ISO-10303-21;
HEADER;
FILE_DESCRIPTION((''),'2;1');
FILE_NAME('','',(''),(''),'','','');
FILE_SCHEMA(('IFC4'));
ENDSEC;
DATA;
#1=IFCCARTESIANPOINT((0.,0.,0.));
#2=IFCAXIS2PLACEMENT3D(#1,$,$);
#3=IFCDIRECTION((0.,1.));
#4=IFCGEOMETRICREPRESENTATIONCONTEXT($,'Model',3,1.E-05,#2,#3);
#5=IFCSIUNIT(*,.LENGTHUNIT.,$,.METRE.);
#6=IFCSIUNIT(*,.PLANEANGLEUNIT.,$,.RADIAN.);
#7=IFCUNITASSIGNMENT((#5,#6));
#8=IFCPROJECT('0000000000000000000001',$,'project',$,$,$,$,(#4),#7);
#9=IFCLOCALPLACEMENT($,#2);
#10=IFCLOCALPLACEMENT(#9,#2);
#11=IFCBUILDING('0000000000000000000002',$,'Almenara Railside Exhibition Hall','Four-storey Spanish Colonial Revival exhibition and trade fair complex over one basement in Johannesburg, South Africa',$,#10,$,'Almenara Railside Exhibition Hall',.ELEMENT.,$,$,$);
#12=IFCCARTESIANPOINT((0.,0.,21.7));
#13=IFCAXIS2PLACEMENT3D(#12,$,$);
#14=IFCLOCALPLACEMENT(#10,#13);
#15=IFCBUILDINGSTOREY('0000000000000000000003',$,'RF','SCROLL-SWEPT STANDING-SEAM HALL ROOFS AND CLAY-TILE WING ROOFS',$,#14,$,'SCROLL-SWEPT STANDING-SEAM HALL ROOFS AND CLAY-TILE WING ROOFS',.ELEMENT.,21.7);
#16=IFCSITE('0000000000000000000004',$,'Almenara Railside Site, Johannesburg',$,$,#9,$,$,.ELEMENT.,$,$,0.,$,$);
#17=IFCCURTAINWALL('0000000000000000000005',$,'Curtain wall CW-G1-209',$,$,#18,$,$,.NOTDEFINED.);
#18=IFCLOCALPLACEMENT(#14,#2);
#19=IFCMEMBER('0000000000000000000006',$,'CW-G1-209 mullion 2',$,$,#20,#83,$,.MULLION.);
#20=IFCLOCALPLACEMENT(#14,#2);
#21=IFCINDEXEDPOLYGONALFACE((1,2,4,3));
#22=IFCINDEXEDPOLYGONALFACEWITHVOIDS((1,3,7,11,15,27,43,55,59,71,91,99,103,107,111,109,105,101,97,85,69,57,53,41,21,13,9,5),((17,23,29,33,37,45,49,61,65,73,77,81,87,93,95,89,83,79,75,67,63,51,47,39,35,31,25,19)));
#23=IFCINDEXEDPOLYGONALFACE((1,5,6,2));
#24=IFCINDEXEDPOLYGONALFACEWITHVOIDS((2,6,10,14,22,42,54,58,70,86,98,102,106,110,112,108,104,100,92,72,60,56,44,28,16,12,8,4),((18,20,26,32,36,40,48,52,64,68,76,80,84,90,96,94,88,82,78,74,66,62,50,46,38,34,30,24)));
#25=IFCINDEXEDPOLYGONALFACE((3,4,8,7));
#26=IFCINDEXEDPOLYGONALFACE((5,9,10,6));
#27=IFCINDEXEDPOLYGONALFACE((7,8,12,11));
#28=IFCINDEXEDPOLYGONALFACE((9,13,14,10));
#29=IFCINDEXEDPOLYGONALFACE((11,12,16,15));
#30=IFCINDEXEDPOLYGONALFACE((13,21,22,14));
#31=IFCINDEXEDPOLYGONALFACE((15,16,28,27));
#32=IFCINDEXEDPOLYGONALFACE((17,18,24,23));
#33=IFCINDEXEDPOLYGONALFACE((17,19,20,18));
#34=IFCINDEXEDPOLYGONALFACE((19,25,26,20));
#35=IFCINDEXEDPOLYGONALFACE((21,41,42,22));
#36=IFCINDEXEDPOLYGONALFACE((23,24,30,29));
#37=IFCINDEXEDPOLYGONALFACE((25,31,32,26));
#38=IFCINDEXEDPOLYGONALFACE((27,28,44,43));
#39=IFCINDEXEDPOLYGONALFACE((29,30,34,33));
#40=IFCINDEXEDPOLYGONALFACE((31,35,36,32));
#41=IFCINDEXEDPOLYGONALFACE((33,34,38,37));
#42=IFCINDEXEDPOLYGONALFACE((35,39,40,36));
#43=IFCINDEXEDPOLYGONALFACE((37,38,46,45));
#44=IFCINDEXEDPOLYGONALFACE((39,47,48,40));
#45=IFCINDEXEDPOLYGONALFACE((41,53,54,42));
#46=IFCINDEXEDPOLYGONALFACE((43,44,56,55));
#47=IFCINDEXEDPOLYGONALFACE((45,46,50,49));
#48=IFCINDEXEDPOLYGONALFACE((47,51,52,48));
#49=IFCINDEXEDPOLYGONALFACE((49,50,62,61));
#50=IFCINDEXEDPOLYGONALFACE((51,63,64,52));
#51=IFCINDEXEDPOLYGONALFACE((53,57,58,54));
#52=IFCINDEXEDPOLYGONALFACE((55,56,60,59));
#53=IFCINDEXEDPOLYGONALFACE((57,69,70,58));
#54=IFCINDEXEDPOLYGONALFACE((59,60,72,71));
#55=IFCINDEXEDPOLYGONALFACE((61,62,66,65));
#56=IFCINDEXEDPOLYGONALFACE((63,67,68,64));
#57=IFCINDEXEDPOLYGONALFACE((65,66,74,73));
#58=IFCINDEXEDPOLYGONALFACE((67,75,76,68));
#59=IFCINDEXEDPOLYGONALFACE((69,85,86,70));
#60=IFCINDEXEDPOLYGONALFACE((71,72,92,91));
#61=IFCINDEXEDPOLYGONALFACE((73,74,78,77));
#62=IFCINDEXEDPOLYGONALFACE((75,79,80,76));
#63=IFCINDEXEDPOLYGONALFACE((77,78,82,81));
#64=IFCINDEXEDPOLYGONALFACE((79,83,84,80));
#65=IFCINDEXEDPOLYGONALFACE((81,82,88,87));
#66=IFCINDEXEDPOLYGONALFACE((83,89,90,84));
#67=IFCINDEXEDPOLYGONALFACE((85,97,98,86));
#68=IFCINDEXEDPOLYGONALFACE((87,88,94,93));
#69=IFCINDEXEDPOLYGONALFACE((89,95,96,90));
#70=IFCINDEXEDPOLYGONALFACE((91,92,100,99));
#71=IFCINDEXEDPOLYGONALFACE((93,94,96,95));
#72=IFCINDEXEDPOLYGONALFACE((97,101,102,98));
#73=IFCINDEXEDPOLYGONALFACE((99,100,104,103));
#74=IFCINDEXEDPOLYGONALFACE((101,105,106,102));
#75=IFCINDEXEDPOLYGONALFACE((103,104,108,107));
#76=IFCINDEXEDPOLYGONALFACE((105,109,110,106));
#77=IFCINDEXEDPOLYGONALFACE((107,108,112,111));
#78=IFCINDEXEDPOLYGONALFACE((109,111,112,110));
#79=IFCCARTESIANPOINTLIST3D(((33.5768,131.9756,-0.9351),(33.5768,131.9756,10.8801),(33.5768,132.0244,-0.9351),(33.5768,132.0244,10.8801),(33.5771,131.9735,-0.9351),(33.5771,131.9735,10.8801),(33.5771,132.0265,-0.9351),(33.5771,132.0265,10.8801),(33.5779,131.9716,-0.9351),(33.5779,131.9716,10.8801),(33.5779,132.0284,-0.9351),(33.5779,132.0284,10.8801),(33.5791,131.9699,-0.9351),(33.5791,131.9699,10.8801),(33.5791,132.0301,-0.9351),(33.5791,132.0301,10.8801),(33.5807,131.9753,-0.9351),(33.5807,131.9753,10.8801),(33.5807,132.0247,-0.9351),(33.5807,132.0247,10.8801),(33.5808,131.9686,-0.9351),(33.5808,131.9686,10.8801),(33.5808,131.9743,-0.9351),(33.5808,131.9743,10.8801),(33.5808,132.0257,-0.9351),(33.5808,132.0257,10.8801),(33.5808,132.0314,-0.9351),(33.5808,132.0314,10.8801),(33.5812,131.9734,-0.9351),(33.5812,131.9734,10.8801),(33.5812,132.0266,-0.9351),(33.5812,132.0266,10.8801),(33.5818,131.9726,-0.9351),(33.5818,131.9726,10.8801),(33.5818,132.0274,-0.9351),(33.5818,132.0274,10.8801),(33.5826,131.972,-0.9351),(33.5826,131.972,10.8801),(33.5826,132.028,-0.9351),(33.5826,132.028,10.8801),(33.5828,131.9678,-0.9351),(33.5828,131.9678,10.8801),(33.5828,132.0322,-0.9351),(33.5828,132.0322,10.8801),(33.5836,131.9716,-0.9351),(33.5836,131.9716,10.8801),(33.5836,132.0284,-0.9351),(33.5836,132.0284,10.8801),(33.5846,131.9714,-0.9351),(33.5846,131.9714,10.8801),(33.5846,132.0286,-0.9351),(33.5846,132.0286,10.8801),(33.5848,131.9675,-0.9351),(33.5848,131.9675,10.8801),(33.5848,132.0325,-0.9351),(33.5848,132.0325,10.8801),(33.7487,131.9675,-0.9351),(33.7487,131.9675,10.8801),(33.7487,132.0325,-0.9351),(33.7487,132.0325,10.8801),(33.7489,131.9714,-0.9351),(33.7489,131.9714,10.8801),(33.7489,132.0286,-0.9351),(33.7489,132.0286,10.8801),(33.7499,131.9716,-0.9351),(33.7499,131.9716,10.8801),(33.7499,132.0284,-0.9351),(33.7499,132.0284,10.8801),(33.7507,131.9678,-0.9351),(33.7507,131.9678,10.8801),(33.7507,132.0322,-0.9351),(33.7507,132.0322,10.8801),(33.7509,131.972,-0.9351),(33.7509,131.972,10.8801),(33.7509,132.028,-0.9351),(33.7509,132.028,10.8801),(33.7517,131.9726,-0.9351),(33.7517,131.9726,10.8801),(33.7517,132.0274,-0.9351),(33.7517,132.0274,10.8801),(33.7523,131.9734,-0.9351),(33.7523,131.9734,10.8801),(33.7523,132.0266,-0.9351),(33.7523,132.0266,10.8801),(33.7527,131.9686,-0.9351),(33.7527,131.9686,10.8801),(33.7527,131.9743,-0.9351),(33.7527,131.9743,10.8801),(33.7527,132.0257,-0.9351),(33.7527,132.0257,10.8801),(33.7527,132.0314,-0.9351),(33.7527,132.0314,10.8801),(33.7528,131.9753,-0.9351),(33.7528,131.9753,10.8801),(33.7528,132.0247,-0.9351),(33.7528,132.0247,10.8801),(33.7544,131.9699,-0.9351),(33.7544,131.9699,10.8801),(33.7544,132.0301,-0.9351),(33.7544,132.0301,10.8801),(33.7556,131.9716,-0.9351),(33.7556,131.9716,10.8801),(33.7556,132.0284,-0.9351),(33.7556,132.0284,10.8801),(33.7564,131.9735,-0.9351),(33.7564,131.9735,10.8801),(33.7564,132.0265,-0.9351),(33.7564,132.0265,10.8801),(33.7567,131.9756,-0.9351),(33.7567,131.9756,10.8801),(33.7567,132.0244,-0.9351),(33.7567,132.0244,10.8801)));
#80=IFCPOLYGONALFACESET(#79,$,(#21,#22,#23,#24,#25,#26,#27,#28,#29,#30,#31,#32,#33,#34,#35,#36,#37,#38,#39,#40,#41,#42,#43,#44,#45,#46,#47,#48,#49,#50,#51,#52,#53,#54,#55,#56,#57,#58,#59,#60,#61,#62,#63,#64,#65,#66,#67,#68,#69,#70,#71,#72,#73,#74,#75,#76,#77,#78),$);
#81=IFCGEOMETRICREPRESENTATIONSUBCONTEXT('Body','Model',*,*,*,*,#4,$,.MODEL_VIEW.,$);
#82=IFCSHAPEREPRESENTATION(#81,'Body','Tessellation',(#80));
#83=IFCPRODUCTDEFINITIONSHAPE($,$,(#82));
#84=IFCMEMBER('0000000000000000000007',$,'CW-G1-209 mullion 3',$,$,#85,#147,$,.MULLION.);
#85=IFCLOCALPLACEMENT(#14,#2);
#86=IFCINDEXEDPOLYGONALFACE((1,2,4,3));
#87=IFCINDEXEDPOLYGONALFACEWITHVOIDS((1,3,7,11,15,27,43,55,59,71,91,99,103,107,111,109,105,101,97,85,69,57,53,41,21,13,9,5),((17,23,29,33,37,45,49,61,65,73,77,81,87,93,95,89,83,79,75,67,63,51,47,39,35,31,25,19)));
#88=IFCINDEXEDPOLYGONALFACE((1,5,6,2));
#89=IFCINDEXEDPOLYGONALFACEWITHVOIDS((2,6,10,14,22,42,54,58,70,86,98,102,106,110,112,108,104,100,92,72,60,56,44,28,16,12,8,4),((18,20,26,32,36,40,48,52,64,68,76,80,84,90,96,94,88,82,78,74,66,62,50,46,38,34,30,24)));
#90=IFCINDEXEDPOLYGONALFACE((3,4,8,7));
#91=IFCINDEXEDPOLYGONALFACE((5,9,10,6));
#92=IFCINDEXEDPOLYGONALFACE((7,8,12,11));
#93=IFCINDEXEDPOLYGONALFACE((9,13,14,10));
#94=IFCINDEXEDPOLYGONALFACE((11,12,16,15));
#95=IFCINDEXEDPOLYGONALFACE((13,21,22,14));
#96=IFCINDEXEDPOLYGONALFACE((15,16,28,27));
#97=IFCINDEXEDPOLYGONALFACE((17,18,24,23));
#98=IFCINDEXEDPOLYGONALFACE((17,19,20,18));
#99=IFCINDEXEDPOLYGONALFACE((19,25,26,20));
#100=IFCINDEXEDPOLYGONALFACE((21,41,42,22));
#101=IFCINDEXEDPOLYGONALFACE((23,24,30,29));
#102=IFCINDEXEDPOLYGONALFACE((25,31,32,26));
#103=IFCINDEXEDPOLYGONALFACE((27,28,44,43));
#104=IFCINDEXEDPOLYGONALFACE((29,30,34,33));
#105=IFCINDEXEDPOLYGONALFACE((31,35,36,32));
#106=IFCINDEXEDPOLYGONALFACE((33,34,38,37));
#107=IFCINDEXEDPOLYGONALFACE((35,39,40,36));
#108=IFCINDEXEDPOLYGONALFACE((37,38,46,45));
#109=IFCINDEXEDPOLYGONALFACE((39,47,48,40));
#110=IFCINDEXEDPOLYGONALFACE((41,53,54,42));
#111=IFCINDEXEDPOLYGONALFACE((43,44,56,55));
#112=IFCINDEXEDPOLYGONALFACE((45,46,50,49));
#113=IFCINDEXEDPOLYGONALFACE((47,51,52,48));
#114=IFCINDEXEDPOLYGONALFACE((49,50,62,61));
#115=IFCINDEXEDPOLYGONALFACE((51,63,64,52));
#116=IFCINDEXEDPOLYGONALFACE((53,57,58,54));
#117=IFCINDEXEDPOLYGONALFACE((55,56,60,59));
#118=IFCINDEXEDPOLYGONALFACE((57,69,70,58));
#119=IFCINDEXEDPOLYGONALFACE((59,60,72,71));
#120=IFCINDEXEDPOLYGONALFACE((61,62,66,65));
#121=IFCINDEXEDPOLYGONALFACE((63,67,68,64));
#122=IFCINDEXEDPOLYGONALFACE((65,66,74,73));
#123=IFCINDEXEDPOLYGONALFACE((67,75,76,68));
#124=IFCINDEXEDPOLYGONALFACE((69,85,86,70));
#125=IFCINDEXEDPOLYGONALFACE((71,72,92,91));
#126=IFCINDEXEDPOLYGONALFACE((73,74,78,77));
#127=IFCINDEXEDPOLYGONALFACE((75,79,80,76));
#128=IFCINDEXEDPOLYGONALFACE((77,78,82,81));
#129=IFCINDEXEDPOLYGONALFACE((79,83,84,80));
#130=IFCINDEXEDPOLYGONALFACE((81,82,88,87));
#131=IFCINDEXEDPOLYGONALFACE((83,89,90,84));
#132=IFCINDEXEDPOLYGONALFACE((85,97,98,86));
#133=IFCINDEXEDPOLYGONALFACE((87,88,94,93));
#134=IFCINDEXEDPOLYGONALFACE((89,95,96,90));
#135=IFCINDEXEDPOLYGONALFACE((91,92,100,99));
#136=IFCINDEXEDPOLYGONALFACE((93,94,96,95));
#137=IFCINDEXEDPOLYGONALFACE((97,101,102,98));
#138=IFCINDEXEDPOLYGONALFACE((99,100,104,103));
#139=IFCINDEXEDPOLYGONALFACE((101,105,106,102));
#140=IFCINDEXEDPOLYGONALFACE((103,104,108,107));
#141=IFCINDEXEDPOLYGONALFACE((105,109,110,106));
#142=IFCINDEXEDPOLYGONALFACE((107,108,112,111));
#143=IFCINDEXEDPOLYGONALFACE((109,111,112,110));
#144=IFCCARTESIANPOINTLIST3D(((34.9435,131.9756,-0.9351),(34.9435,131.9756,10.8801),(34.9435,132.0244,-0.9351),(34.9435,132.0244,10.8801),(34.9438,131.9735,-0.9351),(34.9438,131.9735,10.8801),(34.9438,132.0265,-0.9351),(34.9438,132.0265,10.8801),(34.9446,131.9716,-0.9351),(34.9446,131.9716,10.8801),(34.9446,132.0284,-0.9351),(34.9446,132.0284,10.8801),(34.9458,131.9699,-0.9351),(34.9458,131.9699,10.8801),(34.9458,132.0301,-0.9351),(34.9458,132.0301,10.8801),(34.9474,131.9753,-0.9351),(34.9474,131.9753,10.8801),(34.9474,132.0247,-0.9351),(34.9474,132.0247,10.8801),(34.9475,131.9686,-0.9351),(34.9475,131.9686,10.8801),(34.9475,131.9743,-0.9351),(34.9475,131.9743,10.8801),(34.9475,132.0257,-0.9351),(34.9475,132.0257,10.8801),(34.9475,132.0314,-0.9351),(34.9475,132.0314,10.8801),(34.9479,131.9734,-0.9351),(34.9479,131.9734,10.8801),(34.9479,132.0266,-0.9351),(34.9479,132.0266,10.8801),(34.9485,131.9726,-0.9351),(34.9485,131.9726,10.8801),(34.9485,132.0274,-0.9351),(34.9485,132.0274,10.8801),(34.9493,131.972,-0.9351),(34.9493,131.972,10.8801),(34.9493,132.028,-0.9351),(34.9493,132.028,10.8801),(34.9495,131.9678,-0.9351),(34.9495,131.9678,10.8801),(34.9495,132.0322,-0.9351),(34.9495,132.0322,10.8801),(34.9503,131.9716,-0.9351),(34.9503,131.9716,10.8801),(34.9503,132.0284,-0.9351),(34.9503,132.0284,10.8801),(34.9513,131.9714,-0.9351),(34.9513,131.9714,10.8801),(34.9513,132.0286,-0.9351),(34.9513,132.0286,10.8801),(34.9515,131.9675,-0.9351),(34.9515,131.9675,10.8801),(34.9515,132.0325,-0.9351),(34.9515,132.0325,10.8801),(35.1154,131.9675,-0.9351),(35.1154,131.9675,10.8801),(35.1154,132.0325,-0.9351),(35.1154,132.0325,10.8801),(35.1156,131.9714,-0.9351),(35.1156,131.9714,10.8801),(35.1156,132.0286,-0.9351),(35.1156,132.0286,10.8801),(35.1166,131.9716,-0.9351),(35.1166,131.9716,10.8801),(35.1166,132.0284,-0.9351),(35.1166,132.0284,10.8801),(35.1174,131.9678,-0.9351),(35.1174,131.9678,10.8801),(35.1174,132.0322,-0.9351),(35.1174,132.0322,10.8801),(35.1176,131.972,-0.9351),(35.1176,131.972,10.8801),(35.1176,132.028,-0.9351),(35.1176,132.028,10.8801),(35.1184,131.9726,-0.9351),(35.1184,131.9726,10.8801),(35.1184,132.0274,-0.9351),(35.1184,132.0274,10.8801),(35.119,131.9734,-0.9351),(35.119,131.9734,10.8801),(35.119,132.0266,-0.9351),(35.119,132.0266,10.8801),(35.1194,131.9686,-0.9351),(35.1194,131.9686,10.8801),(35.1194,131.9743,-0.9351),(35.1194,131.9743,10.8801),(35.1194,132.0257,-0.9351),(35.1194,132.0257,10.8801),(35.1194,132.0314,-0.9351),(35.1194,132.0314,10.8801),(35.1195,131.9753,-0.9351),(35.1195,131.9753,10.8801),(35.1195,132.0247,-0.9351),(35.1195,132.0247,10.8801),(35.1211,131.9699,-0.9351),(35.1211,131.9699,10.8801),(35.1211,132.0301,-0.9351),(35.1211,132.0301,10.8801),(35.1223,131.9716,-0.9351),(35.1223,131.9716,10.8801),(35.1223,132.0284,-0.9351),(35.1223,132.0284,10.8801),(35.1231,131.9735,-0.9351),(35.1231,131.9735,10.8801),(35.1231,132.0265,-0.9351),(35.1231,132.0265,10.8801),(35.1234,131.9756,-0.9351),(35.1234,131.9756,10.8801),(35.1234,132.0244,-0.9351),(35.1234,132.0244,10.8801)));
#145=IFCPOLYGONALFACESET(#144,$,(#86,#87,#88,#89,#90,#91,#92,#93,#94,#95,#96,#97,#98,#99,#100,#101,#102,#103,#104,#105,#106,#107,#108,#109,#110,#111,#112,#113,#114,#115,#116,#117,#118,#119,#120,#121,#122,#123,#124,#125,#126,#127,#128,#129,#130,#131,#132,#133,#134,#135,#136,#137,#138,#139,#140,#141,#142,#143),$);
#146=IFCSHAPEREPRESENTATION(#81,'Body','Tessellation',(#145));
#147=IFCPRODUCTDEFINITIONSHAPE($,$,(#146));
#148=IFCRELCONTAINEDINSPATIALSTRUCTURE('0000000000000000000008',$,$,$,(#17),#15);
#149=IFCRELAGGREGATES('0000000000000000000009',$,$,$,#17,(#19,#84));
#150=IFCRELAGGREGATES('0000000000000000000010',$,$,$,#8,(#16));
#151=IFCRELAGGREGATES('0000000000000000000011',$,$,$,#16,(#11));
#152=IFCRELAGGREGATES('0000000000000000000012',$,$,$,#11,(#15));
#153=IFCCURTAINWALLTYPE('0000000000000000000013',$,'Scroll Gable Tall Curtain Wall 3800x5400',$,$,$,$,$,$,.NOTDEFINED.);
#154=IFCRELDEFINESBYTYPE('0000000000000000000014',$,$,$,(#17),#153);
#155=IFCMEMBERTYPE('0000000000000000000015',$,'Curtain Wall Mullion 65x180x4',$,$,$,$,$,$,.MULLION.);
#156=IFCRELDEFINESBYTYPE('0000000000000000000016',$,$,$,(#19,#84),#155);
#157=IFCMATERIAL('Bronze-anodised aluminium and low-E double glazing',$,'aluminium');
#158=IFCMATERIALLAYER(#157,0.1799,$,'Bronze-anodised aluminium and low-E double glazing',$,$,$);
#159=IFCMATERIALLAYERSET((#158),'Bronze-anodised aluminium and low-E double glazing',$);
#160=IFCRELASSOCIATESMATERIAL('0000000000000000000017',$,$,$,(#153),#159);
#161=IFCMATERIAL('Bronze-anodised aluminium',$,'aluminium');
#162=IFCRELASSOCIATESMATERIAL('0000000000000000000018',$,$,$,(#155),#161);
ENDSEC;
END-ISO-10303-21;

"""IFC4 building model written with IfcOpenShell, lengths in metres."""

from ifc_helpers import new_model, si_unit, direction, frame, origin, origin_2d, place, context, subcontext, project, spatial, hollow_rectangle, extrude, material, layer, layer_set, material_profile, profile_set, type_object, element, aggregate, save


model = new_model("IFC4")

# Units and contexts
model_context = context("Model", 3, precision=1e-05, world=origin(), true_north=direction((0.0, 1.0)))
body_context = subcontext(model_context, "Body", "Model", "MODEL_VIEW")
ifc_project = project(units=[si_unit("LENGTHUNIT", "METRE"), si_unit("PLANEANGLEUNIT", "RADIAN")], contexts=[model_context])

# Site, building, storey
site_placement = place(None, origin())
site = spatial("IfcSite", under=ifc_project, at=site_placement, Name="Almenara Railside Site, Johannesburg", CompositionType="ELEMENT", RefElevation=0.0)
building_placement = place(site_placement, origin())
building = spatial("IfcBuilding", under=site, at=building_placement, Name="Almenara Railside Exhibition Hall", Description="Four-storey Spanish Colonial Revival exhibition and trade fair complex over one basement in Johannesburg, South Africa", LongName="Almenara Railside Exhibition Hall", CompositionType="ELEMENT")
storey_placement = place(building_placement, frame((0.0, 0.0, 21.7)))
storey = spatial("IfcBuildingStorey", under=building, at=storey_placement, Name="RF", Description="SCROLL-SWEPT STANDING-SEAM HALL ROOFS AND CLAY-TILE WING ROOFS", LongName="SCROLL-SWEPT STANDING-SEAM HALL ROOFS AND CLAY-TILE WING ROOFS", CompositionType="ELEMENT", Elevation=21.7)

# Curtain wall, members
ifc_material_1 = material(Name="Bronze-anodised aluminium and low-E double glazing", Category="aluminium")
ifc_layer_1 = layer(ifc_material_1, 0.1799, Name="Bronze-anodised aluminium and low-E double glazing")
ifc_layer_set_1 = layer_set([ifc_layer_1], Name="Bronze-anodised aluminium and low-E double glazing")
curtain_wall_type = type_object("IfcCurtainWallType", Name="Scroll Gable Tall Curtain Wall 3800x5400", PredefinedType="NOTDEFINED", material=ifc_layer_set_1)
ifc_material_2 = material(Name="Bronze-anodised aluminium", Category="aluminium")
curtain_wall_1_placement = place(storey_placement, origin())
curtain_wall_1 = element("IfcCurtainWall", 1, at=curtain_wall_1_placement, inside=storey, type_object=curtain_wall_type, Name="Curtain wall CW-G1-209", PredefinedType="NOTDEFINED")
ifc_material_profile_1 = material_profile(ifc_material_2, hollow_rectangle(XDim=0.0649, YDim=0.1799, WallThickness=0.0039, InnerFilletRadius=0.0039, OuterFilletRadius=0.0081, at=origin_2d()), Name="ALU-MUL 65x180x4")
ifc_profile_set_1 = profile_set([ifc_material_profile_1], Name="Bronze-anodised aluminium")
member_type_1 = type_object("IfcMemberType", Name="Curtain Wall Mullion 65x180x4", PredefinedType="MULLION", material=ifc_profile_set_1)
member_1_placement = place(storey_placement, frame((33.6667, 132.0, -0.9351), z_axis=(0.0, 0.0, 1.0), x_axis=(0.0, 1.0, 0.0)))
member_1 = element("IfcMember", 2, at=member_1_placement, type_object=member_type_1, Name="CW-G1-209 mullion 2", PredefinedType="MULLION", context=body_context, shape_type="SweptSolid", body=[
    extrude(hollow_rectangle(XDim=0.0649, YDim=0.1799, WallThickness=0.0039, InnerFilletRadius=0.0039, OuterFilletRadius=0.0081, at=origin_2d()), origin(), (0.0, 0.0, 1.0), 11.8152),
])
member_2_placement = place(storey_placement, frame((35.0334, 132.0, -0.9351), z_axis=(0.0, 0.0, 1.0), x_axis=(0.0, 1.0, 0.0)))
member_2 = element("IfcMember", 3, at=member_2_placement, type_object=member_type_1, Name="CW-G1-209 mullion 3", PredefinedType="MULLION", context=body_context, shape_type="SweptSolid", body=[
    extrude(hollow_rectangle(XDim=0.0649, YDim=0.1799, WallThickness=0.0039, InnerFilletRadius=0.0039, OuterFilletRadius=0.0081, at=origin_2d()), origin(), (0.0, 0.0, 1.0), 11.8152),
])

aggregate(curtain_wall_1, [member_1, member_2])

save(model, "model.ifc")
